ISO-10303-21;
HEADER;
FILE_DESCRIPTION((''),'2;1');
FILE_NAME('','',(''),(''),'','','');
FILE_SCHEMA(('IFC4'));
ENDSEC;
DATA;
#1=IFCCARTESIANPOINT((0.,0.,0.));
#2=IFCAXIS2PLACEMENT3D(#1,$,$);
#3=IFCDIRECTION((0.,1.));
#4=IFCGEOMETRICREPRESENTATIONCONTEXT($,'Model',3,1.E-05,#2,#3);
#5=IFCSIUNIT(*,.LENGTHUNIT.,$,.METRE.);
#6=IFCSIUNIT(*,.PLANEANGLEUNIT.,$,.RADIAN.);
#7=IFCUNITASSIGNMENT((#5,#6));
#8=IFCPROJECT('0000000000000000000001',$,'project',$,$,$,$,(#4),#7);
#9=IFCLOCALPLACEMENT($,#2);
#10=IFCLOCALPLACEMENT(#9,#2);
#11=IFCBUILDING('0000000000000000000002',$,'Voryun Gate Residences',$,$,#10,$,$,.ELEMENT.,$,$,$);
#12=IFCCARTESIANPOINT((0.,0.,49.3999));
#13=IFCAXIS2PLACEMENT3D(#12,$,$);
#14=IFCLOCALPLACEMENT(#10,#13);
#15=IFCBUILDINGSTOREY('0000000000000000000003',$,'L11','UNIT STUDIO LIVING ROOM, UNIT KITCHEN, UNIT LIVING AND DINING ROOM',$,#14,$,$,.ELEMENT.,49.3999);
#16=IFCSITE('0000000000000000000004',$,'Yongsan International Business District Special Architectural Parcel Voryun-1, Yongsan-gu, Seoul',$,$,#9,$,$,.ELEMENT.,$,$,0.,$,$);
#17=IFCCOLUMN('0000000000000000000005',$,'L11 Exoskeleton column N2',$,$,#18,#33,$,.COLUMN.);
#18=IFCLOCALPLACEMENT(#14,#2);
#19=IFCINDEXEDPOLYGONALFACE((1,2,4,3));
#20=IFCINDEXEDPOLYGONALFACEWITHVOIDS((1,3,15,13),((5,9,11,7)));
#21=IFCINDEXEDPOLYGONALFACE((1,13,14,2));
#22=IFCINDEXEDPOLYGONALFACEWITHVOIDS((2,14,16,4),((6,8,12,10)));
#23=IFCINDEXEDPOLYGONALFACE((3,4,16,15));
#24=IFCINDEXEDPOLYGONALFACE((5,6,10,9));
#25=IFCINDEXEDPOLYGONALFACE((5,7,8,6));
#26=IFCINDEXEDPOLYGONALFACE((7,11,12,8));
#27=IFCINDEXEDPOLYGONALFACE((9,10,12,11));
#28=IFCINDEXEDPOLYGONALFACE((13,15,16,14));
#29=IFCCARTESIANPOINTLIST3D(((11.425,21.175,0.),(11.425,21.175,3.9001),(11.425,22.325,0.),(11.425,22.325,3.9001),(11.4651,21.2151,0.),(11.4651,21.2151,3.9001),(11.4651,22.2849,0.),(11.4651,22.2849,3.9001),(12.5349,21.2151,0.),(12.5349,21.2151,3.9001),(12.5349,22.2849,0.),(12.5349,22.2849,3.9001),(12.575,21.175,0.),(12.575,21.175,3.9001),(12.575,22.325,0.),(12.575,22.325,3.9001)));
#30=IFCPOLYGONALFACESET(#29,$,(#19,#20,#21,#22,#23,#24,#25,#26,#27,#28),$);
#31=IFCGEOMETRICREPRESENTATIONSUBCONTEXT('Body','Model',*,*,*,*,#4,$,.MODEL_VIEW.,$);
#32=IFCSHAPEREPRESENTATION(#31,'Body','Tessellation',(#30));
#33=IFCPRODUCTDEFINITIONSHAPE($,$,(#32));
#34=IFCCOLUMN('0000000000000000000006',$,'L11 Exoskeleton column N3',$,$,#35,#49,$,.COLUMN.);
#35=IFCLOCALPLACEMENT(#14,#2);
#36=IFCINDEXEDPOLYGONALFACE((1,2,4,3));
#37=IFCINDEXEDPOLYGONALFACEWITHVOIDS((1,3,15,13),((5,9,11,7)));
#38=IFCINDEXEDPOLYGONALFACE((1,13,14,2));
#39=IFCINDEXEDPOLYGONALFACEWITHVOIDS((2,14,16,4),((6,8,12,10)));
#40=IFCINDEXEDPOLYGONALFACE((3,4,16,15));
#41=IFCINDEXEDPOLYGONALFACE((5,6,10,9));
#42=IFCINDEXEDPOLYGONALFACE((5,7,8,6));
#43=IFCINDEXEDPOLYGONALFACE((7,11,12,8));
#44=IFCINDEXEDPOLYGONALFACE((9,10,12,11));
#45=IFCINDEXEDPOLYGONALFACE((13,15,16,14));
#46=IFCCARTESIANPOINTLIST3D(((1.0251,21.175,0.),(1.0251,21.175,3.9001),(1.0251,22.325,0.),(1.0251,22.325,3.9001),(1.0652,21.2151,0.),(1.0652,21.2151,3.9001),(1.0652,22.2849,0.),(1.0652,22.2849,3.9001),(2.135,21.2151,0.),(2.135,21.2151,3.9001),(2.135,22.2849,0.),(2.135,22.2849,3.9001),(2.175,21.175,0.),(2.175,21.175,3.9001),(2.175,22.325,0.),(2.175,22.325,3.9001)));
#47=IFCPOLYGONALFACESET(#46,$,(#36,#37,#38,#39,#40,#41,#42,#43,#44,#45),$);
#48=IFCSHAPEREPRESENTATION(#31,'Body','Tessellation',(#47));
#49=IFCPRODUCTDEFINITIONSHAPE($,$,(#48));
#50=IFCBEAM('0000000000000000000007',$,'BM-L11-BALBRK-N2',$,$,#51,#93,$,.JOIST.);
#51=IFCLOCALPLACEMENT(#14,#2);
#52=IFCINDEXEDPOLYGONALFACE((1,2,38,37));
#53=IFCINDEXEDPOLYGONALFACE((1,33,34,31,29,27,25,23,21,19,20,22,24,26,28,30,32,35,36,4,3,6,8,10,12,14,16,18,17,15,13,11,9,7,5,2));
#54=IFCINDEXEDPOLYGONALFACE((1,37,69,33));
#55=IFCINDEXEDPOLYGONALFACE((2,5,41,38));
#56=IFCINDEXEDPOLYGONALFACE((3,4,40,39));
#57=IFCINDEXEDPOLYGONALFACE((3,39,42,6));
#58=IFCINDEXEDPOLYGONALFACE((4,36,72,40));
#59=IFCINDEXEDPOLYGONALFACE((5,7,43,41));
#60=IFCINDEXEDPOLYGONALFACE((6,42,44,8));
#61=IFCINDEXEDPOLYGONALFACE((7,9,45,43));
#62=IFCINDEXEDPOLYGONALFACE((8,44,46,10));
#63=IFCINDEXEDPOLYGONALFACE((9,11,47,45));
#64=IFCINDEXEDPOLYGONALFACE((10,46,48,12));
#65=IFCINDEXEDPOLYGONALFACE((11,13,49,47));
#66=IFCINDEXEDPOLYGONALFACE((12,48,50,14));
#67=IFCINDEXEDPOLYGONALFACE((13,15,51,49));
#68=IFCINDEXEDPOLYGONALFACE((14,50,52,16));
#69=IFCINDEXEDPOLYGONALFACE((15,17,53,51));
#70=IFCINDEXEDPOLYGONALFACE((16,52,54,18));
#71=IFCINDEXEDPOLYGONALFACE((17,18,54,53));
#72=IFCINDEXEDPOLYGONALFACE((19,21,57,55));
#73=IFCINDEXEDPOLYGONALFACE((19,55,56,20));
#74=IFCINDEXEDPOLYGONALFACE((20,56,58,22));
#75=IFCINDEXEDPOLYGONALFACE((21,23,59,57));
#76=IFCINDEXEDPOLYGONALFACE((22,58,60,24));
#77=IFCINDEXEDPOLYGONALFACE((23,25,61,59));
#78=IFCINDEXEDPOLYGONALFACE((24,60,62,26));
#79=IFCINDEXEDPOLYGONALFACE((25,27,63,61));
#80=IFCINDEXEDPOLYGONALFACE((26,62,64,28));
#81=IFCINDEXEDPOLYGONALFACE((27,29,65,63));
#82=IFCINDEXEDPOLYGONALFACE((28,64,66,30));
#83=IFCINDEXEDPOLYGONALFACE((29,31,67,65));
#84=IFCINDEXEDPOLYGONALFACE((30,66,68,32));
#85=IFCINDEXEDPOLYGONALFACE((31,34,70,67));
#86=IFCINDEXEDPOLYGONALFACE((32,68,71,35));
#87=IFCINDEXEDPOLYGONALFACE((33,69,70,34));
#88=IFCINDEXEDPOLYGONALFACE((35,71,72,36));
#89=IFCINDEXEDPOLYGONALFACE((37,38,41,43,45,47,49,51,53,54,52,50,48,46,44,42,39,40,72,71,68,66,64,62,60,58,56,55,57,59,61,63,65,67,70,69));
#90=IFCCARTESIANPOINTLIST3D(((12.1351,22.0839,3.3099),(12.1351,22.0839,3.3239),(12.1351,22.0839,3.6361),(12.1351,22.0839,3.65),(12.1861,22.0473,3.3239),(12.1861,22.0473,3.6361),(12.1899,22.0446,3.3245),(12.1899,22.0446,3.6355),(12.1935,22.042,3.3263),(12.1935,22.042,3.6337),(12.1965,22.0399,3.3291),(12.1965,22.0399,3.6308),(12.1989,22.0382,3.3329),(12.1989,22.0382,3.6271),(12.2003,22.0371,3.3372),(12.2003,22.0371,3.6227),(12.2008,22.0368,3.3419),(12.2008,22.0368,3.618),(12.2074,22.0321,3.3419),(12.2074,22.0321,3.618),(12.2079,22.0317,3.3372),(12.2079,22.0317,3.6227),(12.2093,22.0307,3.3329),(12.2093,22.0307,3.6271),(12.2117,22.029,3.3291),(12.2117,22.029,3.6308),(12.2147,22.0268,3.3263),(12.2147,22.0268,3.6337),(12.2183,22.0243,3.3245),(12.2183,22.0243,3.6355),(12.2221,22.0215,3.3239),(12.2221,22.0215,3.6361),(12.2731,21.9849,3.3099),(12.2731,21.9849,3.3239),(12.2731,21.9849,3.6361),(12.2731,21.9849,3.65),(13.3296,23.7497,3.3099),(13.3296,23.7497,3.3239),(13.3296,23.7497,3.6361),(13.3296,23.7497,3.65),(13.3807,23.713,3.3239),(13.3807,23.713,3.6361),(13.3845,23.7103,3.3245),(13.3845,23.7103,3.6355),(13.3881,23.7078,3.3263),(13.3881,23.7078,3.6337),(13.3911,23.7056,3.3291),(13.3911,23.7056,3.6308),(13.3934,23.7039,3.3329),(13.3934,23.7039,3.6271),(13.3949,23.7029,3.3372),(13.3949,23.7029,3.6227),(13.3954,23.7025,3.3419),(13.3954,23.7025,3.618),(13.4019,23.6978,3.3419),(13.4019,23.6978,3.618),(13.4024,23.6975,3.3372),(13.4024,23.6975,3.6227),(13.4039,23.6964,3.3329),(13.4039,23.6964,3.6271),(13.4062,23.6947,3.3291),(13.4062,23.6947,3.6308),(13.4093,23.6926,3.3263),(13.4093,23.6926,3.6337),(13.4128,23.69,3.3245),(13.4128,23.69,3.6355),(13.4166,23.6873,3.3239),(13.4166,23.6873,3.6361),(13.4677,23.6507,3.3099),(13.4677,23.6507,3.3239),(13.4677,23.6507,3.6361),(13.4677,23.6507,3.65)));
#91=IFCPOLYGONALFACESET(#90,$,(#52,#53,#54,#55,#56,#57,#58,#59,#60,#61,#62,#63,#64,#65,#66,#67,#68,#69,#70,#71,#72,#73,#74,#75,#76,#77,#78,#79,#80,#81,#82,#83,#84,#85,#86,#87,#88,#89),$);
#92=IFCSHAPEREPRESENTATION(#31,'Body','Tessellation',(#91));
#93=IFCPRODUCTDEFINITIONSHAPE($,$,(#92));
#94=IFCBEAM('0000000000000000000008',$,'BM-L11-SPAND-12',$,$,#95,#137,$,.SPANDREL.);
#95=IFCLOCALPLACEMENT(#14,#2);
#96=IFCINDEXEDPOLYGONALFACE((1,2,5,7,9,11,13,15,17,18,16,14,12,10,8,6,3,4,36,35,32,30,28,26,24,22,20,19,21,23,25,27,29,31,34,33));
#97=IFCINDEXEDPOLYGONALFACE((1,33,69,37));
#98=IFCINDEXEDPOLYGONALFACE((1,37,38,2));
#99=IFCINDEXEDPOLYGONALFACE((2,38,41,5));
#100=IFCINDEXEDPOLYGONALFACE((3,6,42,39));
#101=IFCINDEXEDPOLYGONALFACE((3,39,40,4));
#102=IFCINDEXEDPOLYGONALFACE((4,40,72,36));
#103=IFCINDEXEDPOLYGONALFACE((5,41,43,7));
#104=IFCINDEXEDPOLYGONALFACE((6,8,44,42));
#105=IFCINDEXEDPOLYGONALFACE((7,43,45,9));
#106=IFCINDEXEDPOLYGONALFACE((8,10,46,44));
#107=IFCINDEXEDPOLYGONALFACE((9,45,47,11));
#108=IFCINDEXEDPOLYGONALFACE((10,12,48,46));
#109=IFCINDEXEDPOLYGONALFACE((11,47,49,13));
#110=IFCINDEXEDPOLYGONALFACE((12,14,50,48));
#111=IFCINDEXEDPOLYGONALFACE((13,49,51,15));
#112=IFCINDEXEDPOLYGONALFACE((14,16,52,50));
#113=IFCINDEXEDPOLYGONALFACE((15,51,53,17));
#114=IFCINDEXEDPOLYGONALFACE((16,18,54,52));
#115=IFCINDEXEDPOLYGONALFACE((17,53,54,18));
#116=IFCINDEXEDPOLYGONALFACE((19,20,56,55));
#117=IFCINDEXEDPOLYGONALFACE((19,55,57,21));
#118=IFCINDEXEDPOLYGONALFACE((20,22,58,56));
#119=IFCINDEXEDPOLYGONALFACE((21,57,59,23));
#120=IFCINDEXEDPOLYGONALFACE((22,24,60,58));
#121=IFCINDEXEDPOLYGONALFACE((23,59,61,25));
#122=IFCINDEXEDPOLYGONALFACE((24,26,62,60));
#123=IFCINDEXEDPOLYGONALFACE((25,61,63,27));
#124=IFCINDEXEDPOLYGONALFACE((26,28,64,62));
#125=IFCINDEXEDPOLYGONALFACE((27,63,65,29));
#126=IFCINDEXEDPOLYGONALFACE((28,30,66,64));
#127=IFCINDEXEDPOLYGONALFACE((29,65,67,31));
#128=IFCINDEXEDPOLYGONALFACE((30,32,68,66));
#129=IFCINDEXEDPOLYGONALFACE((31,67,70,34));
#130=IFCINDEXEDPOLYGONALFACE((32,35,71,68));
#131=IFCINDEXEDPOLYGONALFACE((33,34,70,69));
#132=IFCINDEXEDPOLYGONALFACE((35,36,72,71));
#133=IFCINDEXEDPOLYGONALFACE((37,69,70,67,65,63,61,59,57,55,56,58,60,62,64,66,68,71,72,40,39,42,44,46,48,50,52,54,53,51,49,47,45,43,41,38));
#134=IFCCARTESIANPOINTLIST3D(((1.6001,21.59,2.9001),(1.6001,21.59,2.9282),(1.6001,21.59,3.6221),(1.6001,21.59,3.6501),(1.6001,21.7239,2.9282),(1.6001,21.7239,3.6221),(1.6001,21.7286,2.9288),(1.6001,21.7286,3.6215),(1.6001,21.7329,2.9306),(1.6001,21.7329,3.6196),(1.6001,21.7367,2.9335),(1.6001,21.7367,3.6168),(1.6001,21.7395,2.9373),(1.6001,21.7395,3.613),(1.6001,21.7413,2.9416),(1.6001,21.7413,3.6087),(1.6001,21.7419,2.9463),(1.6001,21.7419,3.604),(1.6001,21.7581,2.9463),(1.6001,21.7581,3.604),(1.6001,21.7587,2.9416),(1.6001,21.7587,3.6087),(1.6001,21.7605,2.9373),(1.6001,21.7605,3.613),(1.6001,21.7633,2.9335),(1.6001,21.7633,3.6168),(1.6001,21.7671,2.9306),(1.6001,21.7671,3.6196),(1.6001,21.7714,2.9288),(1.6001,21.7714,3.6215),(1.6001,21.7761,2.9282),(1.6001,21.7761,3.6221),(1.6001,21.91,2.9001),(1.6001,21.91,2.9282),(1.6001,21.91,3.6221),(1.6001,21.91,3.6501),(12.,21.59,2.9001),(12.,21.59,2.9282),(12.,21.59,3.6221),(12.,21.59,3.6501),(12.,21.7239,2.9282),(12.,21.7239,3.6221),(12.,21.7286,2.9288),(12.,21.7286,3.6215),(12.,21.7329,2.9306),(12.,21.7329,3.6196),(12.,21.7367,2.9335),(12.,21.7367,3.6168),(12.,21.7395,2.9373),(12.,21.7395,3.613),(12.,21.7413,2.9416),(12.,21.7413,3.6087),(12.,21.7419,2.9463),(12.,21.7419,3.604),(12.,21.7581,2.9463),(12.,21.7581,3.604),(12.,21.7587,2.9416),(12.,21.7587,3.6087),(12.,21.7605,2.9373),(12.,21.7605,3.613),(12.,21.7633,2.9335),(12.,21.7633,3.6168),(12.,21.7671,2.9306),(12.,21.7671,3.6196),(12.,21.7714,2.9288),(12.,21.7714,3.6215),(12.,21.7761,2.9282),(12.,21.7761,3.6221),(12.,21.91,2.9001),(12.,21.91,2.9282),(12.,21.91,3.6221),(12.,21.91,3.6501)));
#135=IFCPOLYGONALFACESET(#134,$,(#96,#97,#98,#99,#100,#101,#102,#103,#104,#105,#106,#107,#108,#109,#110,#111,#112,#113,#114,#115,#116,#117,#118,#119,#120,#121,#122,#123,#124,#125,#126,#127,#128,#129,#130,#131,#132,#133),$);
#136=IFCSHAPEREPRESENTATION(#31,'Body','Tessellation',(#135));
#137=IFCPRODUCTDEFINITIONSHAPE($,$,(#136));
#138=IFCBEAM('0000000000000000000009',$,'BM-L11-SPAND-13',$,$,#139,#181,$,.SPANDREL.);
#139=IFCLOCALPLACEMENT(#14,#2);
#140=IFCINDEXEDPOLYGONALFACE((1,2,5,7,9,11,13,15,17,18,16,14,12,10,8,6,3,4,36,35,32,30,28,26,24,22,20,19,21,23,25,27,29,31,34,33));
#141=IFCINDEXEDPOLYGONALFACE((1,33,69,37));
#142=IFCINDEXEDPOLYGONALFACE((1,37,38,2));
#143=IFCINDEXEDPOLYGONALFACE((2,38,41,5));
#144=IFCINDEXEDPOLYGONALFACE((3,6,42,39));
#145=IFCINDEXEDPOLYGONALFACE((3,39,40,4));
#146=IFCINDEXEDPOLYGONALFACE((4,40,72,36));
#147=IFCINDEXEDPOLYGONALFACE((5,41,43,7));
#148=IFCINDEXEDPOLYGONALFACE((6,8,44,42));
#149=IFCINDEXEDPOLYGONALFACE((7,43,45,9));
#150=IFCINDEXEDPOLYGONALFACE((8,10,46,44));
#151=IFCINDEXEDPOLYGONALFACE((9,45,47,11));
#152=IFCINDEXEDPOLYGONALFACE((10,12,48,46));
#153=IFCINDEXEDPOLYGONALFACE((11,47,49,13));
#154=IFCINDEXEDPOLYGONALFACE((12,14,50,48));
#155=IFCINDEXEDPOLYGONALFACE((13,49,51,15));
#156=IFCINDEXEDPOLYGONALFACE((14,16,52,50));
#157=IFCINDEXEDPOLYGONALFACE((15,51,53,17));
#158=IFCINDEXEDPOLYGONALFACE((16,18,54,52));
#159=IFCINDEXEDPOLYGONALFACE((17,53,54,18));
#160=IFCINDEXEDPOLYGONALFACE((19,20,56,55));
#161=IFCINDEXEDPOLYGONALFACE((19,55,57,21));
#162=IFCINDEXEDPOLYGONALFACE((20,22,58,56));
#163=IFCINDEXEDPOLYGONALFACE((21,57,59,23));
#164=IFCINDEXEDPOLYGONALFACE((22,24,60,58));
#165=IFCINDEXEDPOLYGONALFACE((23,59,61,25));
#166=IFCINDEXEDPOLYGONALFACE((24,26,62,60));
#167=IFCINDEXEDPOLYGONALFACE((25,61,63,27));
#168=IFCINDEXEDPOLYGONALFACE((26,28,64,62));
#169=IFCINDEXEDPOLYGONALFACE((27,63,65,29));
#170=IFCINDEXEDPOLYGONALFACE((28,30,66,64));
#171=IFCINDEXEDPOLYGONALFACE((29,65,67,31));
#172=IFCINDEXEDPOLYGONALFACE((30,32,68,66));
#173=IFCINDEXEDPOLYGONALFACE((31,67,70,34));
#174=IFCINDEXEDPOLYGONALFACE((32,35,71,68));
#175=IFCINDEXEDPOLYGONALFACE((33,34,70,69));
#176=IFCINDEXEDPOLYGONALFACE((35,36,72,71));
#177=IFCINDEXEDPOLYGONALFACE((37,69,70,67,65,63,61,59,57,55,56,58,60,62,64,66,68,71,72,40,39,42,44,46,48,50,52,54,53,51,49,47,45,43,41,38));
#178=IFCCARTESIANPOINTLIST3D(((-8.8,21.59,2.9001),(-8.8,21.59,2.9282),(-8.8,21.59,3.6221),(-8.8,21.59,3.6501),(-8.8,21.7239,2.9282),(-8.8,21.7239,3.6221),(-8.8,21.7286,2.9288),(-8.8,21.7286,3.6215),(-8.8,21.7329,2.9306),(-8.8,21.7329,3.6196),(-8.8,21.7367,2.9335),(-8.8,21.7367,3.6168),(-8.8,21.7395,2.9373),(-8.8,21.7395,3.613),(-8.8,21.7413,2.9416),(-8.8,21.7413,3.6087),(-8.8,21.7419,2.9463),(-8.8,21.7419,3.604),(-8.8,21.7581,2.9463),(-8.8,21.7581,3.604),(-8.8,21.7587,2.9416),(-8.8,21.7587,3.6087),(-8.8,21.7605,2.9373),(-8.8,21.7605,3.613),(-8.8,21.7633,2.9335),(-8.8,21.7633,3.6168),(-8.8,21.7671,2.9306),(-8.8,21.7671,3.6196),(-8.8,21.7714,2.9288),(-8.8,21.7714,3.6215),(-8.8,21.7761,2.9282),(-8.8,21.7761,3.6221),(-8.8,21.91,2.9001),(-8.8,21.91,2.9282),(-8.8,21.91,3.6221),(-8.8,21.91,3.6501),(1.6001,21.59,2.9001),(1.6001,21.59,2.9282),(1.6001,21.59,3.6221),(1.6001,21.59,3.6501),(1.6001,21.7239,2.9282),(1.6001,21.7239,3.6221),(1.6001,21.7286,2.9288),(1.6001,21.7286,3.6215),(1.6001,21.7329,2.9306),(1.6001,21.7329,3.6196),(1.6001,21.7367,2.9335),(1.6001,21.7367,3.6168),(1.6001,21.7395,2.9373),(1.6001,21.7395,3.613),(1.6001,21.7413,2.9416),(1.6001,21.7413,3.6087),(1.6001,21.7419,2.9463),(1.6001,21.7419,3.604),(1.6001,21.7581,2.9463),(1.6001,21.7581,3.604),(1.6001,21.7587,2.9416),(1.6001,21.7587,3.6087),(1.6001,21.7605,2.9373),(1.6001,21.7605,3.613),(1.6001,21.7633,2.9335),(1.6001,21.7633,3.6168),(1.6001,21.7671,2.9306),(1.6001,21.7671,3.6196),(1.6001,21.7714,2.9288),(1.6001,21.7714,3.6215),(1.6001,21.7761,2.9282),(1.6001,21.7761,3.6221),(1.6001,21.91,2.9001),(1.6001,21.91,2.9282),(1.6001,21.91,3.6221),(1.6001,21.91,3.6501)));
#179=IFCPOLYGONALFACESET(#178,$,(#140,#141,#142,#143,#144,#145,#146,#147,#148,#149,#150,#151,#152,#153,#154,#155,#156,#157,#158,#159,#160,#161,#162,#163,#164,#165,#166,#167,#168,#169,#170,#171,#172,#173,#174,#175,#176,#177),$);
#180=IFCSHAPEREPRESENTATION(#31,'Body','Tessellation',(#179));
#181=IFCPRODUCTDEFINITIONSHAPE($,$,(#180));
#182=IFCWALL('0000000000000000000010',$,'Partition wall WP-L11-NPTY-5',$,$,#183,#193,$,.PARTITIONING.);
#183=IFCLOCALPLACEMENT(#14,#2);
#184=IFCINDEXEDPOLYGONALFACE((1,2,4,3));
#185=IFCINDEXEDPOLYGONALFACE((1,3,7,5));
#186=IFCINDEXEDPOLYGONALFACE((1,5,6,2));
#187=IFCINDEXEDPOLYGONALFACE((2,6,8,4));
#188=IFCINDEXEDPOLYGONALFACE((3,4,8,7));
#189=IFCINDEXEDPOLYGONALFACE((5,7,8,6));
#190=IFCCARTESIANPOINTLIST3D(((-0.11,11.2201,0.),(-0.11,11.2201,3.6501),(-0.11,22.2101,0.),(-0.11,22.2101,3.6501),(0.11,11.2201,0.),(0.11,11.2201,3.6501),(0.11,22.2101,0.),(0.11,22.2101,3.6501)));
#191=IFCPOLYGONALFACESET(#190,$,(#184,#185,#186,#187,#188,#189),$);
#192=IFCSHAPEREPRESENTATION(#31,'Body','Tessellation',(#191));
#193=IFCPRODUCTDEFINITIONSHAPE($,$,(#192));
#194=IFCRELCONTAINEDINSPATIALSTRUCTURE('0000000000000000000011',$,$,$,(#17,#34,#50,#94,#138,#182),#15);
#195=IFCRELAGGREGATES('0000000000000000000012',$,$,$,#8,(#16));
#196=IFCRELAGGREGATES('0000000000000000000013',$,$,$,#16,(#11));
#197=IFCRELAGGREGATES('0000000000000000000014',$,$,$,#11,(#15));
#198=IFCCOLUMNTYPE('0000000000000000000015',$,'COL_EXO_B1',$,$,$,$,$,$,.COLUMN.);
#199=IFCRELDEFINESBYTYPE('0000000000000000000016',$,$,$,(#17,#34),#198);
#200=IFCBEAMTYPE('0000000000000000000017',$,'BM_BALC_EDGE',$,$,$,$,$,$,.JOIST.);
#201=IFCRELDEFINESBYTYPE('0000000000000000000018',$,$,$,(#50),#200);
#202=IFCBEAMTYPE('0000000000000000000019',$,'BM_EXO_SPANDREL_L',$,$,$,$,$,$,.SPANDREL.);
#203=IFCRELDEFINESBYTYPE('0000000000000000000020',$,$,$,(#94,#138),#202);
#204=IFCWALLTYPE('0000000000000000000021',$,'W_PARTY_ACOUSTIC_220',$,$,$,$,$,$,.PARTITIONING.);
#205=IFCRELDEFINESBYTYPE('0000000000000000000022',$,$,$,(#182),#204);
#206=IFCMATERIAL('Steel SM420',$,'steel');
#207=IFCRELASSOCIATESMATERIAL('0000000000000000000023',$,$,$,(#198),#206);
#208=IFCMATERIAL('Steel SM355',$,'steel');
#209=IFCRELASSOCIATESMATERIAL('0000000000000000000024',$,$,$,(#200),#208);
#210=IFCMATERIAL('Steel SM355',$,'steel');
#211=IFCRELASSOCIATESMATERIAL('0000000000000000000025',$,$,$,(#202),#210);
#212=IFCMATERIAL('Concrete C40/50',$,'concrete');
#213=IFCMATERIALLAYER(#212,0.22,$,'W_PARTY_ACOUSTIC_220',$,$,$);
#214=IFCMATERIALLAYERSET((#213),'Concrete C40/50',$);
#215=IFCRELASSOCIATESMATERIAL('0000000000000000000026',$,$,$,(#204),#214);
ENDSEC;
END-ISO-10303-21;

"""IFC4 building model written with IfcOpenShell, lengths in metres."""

from ifc_helpers import new_model, si_unit, direction, frame, frame_2d, origin, origin_2d, place, context, subcontext, project, spatial, rectangle, hollow_rectangle, i_section, extrude, material, layer, layer_set, material_profile, profile_set, type_object, element, save


model = new_model("IFC4")

# Units and contexts
model_context = context("Model", 3, precision=1e-05, world=origin(), true_north=direction((0.0, 1.0)))
body_context = subcontext(model_context, "Body", "Model", "MODEL_VIEW")
ifc_project = project(units=[si_unit("LENGTHUNIT", "METRE"), si_unit("PLANEANGLEUNIT", "RADIAN")], contexts=[model_context])

# Site, building, storey
site_placement = place(None, origin())
site = spatial("IfcSite", under=ifc_project, at=site_placement, Name="Yongsan International Business District Special Architectural Parcel Voryun-1, Yongsan-gu, Seoul", CompositionType="ELEMENT", RefElevation=0.0)
building_placement = place(site_placement, origin())
building = spatial("IfcBuilding", under=site, at=building_placement, Name="Voryun Gate Residences", CompositionType="ELEMENT")
storey_placement = place(building_placement, frame((0.0, 0.0, 49.3999)))
storey = spatial("IfcBuildingStorey", under=building, at=storey_placement, Name="L11", Description="UNIT STUDIO LIVING ROOM, UNIT KITCHEN, UNIT LIVING AND DINING ROOM", CompositionType="ELEMENT", Elevation=49.3999)

# Columns
ifc_material_1 = material(Name="Steel SM420", Category="steel")
ifc_material_profile_1 = material_profile(ifc_material_1, hollow_rectangle(XDim=1.1499, YDim=1.1499, WallThickness=0.04, at=origin_2d()), Name="BOX-1150x1150x40")
ifc_profile_set_1 = profile_set([ifc_material_profile_1], Name="Steel SM420")
column_type = type_object("IfcColumnType", Name="COL_EXO_B1", PredefinedType="COLUMN", material=ifc_profile_set_1)
for number, where, z_axis, x_axis, name in (
    (1, (12.0, 21.75, 0.0), (0.0, 0.0, 1.0), (1.0, 0.0, 0.0), "L11 Exoskeleton column N2"),
    (2, (1.6001, 21.75, 0.0), (0.0, 0.0, 1.0), (1.0, 0.0, 0.0), "L11 Exoskeleton column N3"),
):
    element("IfcColumn", number, at=place(storey_placement, frame(where, z_axis=z_axis, x_axis=x_axis)), inside=storey, type_object=column_type, Name=name, PredefinedType="COLUMN", context=body_context, shape_type="SweptSolid", body=[
        extrude(hollow_rectangle(XDim=1.1499, YDim=1.1499, WallThickness=0.04, at=origin_2d()), origin(), (0.0, 0.0, 1.0), 3.9001),
    ])

# Beams
ifc_material_2 = material(Name="Steel SM355", Category="steel")
ifc_material_profile_2 = material_profile(ifc_material_2, i_section(OverallWidth=0.1699, OverallDepth=0.3401, WebThickness=0.0081, FlangeThickness=0.0139, FilletRadius=0.0181, at=origin_2d()), Name="H-340x170x8x14")
ifc_profile_set_2 = profile_set([ifc_material_profile_2], Name="Steel SM355")
beam_type_1 = type_object("IfcBeamType", Name="BM_BALC_EDGE", PredefinedType="JOIST", material=ifc_profile_set_2)
beam_1_placement = place(storey_placement, frame((12.2041, 22.0344, 3.48), z_axis=(0.582769, 0.812638, 0.0), x_axis=(-0.812638, 0.582769, 0.0)))
element("IfcBeam", 3, at=beam_1_placement, inside=storey, type_object=beam_type_1, Name="BM-L11-BALBRK-N2", PredefinedType="JOIST", context=body_context, shape_type="SweptSolid", body=[
    extrude(i_section(OverallWidth=0.1699, OverallDepth=0.3401, WebThickness=0.0081, FlangeThickness=0.0139, FilletRadius=0.0181, at=origin_2d()), origin(), (0.0, 0.0, 1.0), 2.0498),
])
ifc_material_3 = material(Name="Steel SM355", Category="steel")
ifc_material_profile_3 = material_profile(ifc_material_3, i_section(OverallWidth=0.3201, OverallDepth=0.75, WebThickness=0.0161, FlangeThickness=0.0281, FilletRadius=0.0181, at=origin_2d()), Name="H-750x320x16x28")
ifc_profile_set_3 = profile_set([ifc_material_profile_3], Name="Steel SM355")
beam_type_2 = type_object("IfcBeamType", Name="BM_EXO_SPANDREL_L", PredefinedType="SPANDREL", material=ifc_profile_set_3)
beam_2_placement = place(storey_placement, frame((12.0, 21.75, 3.2751), z_axis=(-1.0, 0.0, 0.0), x_axis=(0.0, -1.0, 0.0)))
element("IfcBeam", 4, at=beam_2_placement, inside=storey, type_object=beam_type_2, Name="BM-L11-SPAND-12", PredefinedType="SPANDREL", context=body_context, shape_type="SweptSolid", body=[
    extrude(i_section(OverallWidth=0.3201, OverallDepth=0.75, WebThickness=0.0161, FlangeThickness=0.0281, FilletRadius=0.0181, at=origin_2d()), origin(), (0.0, 0.0, 1.0), 10.3999),
])
beam_3_placement = place(storey_placement, frame((1.6001, 21.75, 3.2751), z_axis=(-1.0, 0.0, 0.0), x_axis=(0.0, -1.0, 0.0)))
element("IfcBeam", 5, at=beam_3_placement, inside=storey, type_object=beam_type_2, Name="BM-L11-SPAND-13", PredefinedType="SPANDREL", context=body_context, shape_type="SweptSolid", body=[
    extrude(i_section(OverallWidth=0.3201, OverallDepth=0.75, WebThickness=0.0161, FlangeThickness=0.0281, FilletRadius=0.0181, at=origin_2d()), origin(), (0.0, 0.0, 1.0), 10.4001),
])

# Wall
ifc_material_4 = material(Name="Concrete C40/50", Category="concrete")
ifc_layer_1 = layer(ifc_material_4, 0.22, Name="W_PARTY_ACOUSTIC_220")
ifc_layer_set_1 = layer_set([ifc_layer_1], Name="Concrete C40/50")
wall_type_1 = type_object("IfcWallType", Name="W_PARTY_ACOUSTIC_220", PredefinedType="PARTITIONING", material=ifc_layer_set_1)
for number, where, z_axis, x_axis, name in (
    (6, (0.0, 11.22, 0.0), (0.0, 0.0, 1.0), (0.0, 1.0, 0.0), "Partition wall WP-L11-NPTY-5"),
):
    element("IfcWall", number, at=place(storey_placement, frame(where, z_axis=z_axis, x_axis=x_axis)), inside=storey, type_object=wall_type_1, Name=name, PredefinedType="PARTITIONING", context=body_context, shape_type="SweptSolid", body=[
        extrude(rectangle(XDim=10.99, YDim=0.22, at=frame_2d((5.4951, 0.0))), origin(), (0.0, 0.0, 1.0), 3.6501),
    ])

save(model, "model.ifc")
